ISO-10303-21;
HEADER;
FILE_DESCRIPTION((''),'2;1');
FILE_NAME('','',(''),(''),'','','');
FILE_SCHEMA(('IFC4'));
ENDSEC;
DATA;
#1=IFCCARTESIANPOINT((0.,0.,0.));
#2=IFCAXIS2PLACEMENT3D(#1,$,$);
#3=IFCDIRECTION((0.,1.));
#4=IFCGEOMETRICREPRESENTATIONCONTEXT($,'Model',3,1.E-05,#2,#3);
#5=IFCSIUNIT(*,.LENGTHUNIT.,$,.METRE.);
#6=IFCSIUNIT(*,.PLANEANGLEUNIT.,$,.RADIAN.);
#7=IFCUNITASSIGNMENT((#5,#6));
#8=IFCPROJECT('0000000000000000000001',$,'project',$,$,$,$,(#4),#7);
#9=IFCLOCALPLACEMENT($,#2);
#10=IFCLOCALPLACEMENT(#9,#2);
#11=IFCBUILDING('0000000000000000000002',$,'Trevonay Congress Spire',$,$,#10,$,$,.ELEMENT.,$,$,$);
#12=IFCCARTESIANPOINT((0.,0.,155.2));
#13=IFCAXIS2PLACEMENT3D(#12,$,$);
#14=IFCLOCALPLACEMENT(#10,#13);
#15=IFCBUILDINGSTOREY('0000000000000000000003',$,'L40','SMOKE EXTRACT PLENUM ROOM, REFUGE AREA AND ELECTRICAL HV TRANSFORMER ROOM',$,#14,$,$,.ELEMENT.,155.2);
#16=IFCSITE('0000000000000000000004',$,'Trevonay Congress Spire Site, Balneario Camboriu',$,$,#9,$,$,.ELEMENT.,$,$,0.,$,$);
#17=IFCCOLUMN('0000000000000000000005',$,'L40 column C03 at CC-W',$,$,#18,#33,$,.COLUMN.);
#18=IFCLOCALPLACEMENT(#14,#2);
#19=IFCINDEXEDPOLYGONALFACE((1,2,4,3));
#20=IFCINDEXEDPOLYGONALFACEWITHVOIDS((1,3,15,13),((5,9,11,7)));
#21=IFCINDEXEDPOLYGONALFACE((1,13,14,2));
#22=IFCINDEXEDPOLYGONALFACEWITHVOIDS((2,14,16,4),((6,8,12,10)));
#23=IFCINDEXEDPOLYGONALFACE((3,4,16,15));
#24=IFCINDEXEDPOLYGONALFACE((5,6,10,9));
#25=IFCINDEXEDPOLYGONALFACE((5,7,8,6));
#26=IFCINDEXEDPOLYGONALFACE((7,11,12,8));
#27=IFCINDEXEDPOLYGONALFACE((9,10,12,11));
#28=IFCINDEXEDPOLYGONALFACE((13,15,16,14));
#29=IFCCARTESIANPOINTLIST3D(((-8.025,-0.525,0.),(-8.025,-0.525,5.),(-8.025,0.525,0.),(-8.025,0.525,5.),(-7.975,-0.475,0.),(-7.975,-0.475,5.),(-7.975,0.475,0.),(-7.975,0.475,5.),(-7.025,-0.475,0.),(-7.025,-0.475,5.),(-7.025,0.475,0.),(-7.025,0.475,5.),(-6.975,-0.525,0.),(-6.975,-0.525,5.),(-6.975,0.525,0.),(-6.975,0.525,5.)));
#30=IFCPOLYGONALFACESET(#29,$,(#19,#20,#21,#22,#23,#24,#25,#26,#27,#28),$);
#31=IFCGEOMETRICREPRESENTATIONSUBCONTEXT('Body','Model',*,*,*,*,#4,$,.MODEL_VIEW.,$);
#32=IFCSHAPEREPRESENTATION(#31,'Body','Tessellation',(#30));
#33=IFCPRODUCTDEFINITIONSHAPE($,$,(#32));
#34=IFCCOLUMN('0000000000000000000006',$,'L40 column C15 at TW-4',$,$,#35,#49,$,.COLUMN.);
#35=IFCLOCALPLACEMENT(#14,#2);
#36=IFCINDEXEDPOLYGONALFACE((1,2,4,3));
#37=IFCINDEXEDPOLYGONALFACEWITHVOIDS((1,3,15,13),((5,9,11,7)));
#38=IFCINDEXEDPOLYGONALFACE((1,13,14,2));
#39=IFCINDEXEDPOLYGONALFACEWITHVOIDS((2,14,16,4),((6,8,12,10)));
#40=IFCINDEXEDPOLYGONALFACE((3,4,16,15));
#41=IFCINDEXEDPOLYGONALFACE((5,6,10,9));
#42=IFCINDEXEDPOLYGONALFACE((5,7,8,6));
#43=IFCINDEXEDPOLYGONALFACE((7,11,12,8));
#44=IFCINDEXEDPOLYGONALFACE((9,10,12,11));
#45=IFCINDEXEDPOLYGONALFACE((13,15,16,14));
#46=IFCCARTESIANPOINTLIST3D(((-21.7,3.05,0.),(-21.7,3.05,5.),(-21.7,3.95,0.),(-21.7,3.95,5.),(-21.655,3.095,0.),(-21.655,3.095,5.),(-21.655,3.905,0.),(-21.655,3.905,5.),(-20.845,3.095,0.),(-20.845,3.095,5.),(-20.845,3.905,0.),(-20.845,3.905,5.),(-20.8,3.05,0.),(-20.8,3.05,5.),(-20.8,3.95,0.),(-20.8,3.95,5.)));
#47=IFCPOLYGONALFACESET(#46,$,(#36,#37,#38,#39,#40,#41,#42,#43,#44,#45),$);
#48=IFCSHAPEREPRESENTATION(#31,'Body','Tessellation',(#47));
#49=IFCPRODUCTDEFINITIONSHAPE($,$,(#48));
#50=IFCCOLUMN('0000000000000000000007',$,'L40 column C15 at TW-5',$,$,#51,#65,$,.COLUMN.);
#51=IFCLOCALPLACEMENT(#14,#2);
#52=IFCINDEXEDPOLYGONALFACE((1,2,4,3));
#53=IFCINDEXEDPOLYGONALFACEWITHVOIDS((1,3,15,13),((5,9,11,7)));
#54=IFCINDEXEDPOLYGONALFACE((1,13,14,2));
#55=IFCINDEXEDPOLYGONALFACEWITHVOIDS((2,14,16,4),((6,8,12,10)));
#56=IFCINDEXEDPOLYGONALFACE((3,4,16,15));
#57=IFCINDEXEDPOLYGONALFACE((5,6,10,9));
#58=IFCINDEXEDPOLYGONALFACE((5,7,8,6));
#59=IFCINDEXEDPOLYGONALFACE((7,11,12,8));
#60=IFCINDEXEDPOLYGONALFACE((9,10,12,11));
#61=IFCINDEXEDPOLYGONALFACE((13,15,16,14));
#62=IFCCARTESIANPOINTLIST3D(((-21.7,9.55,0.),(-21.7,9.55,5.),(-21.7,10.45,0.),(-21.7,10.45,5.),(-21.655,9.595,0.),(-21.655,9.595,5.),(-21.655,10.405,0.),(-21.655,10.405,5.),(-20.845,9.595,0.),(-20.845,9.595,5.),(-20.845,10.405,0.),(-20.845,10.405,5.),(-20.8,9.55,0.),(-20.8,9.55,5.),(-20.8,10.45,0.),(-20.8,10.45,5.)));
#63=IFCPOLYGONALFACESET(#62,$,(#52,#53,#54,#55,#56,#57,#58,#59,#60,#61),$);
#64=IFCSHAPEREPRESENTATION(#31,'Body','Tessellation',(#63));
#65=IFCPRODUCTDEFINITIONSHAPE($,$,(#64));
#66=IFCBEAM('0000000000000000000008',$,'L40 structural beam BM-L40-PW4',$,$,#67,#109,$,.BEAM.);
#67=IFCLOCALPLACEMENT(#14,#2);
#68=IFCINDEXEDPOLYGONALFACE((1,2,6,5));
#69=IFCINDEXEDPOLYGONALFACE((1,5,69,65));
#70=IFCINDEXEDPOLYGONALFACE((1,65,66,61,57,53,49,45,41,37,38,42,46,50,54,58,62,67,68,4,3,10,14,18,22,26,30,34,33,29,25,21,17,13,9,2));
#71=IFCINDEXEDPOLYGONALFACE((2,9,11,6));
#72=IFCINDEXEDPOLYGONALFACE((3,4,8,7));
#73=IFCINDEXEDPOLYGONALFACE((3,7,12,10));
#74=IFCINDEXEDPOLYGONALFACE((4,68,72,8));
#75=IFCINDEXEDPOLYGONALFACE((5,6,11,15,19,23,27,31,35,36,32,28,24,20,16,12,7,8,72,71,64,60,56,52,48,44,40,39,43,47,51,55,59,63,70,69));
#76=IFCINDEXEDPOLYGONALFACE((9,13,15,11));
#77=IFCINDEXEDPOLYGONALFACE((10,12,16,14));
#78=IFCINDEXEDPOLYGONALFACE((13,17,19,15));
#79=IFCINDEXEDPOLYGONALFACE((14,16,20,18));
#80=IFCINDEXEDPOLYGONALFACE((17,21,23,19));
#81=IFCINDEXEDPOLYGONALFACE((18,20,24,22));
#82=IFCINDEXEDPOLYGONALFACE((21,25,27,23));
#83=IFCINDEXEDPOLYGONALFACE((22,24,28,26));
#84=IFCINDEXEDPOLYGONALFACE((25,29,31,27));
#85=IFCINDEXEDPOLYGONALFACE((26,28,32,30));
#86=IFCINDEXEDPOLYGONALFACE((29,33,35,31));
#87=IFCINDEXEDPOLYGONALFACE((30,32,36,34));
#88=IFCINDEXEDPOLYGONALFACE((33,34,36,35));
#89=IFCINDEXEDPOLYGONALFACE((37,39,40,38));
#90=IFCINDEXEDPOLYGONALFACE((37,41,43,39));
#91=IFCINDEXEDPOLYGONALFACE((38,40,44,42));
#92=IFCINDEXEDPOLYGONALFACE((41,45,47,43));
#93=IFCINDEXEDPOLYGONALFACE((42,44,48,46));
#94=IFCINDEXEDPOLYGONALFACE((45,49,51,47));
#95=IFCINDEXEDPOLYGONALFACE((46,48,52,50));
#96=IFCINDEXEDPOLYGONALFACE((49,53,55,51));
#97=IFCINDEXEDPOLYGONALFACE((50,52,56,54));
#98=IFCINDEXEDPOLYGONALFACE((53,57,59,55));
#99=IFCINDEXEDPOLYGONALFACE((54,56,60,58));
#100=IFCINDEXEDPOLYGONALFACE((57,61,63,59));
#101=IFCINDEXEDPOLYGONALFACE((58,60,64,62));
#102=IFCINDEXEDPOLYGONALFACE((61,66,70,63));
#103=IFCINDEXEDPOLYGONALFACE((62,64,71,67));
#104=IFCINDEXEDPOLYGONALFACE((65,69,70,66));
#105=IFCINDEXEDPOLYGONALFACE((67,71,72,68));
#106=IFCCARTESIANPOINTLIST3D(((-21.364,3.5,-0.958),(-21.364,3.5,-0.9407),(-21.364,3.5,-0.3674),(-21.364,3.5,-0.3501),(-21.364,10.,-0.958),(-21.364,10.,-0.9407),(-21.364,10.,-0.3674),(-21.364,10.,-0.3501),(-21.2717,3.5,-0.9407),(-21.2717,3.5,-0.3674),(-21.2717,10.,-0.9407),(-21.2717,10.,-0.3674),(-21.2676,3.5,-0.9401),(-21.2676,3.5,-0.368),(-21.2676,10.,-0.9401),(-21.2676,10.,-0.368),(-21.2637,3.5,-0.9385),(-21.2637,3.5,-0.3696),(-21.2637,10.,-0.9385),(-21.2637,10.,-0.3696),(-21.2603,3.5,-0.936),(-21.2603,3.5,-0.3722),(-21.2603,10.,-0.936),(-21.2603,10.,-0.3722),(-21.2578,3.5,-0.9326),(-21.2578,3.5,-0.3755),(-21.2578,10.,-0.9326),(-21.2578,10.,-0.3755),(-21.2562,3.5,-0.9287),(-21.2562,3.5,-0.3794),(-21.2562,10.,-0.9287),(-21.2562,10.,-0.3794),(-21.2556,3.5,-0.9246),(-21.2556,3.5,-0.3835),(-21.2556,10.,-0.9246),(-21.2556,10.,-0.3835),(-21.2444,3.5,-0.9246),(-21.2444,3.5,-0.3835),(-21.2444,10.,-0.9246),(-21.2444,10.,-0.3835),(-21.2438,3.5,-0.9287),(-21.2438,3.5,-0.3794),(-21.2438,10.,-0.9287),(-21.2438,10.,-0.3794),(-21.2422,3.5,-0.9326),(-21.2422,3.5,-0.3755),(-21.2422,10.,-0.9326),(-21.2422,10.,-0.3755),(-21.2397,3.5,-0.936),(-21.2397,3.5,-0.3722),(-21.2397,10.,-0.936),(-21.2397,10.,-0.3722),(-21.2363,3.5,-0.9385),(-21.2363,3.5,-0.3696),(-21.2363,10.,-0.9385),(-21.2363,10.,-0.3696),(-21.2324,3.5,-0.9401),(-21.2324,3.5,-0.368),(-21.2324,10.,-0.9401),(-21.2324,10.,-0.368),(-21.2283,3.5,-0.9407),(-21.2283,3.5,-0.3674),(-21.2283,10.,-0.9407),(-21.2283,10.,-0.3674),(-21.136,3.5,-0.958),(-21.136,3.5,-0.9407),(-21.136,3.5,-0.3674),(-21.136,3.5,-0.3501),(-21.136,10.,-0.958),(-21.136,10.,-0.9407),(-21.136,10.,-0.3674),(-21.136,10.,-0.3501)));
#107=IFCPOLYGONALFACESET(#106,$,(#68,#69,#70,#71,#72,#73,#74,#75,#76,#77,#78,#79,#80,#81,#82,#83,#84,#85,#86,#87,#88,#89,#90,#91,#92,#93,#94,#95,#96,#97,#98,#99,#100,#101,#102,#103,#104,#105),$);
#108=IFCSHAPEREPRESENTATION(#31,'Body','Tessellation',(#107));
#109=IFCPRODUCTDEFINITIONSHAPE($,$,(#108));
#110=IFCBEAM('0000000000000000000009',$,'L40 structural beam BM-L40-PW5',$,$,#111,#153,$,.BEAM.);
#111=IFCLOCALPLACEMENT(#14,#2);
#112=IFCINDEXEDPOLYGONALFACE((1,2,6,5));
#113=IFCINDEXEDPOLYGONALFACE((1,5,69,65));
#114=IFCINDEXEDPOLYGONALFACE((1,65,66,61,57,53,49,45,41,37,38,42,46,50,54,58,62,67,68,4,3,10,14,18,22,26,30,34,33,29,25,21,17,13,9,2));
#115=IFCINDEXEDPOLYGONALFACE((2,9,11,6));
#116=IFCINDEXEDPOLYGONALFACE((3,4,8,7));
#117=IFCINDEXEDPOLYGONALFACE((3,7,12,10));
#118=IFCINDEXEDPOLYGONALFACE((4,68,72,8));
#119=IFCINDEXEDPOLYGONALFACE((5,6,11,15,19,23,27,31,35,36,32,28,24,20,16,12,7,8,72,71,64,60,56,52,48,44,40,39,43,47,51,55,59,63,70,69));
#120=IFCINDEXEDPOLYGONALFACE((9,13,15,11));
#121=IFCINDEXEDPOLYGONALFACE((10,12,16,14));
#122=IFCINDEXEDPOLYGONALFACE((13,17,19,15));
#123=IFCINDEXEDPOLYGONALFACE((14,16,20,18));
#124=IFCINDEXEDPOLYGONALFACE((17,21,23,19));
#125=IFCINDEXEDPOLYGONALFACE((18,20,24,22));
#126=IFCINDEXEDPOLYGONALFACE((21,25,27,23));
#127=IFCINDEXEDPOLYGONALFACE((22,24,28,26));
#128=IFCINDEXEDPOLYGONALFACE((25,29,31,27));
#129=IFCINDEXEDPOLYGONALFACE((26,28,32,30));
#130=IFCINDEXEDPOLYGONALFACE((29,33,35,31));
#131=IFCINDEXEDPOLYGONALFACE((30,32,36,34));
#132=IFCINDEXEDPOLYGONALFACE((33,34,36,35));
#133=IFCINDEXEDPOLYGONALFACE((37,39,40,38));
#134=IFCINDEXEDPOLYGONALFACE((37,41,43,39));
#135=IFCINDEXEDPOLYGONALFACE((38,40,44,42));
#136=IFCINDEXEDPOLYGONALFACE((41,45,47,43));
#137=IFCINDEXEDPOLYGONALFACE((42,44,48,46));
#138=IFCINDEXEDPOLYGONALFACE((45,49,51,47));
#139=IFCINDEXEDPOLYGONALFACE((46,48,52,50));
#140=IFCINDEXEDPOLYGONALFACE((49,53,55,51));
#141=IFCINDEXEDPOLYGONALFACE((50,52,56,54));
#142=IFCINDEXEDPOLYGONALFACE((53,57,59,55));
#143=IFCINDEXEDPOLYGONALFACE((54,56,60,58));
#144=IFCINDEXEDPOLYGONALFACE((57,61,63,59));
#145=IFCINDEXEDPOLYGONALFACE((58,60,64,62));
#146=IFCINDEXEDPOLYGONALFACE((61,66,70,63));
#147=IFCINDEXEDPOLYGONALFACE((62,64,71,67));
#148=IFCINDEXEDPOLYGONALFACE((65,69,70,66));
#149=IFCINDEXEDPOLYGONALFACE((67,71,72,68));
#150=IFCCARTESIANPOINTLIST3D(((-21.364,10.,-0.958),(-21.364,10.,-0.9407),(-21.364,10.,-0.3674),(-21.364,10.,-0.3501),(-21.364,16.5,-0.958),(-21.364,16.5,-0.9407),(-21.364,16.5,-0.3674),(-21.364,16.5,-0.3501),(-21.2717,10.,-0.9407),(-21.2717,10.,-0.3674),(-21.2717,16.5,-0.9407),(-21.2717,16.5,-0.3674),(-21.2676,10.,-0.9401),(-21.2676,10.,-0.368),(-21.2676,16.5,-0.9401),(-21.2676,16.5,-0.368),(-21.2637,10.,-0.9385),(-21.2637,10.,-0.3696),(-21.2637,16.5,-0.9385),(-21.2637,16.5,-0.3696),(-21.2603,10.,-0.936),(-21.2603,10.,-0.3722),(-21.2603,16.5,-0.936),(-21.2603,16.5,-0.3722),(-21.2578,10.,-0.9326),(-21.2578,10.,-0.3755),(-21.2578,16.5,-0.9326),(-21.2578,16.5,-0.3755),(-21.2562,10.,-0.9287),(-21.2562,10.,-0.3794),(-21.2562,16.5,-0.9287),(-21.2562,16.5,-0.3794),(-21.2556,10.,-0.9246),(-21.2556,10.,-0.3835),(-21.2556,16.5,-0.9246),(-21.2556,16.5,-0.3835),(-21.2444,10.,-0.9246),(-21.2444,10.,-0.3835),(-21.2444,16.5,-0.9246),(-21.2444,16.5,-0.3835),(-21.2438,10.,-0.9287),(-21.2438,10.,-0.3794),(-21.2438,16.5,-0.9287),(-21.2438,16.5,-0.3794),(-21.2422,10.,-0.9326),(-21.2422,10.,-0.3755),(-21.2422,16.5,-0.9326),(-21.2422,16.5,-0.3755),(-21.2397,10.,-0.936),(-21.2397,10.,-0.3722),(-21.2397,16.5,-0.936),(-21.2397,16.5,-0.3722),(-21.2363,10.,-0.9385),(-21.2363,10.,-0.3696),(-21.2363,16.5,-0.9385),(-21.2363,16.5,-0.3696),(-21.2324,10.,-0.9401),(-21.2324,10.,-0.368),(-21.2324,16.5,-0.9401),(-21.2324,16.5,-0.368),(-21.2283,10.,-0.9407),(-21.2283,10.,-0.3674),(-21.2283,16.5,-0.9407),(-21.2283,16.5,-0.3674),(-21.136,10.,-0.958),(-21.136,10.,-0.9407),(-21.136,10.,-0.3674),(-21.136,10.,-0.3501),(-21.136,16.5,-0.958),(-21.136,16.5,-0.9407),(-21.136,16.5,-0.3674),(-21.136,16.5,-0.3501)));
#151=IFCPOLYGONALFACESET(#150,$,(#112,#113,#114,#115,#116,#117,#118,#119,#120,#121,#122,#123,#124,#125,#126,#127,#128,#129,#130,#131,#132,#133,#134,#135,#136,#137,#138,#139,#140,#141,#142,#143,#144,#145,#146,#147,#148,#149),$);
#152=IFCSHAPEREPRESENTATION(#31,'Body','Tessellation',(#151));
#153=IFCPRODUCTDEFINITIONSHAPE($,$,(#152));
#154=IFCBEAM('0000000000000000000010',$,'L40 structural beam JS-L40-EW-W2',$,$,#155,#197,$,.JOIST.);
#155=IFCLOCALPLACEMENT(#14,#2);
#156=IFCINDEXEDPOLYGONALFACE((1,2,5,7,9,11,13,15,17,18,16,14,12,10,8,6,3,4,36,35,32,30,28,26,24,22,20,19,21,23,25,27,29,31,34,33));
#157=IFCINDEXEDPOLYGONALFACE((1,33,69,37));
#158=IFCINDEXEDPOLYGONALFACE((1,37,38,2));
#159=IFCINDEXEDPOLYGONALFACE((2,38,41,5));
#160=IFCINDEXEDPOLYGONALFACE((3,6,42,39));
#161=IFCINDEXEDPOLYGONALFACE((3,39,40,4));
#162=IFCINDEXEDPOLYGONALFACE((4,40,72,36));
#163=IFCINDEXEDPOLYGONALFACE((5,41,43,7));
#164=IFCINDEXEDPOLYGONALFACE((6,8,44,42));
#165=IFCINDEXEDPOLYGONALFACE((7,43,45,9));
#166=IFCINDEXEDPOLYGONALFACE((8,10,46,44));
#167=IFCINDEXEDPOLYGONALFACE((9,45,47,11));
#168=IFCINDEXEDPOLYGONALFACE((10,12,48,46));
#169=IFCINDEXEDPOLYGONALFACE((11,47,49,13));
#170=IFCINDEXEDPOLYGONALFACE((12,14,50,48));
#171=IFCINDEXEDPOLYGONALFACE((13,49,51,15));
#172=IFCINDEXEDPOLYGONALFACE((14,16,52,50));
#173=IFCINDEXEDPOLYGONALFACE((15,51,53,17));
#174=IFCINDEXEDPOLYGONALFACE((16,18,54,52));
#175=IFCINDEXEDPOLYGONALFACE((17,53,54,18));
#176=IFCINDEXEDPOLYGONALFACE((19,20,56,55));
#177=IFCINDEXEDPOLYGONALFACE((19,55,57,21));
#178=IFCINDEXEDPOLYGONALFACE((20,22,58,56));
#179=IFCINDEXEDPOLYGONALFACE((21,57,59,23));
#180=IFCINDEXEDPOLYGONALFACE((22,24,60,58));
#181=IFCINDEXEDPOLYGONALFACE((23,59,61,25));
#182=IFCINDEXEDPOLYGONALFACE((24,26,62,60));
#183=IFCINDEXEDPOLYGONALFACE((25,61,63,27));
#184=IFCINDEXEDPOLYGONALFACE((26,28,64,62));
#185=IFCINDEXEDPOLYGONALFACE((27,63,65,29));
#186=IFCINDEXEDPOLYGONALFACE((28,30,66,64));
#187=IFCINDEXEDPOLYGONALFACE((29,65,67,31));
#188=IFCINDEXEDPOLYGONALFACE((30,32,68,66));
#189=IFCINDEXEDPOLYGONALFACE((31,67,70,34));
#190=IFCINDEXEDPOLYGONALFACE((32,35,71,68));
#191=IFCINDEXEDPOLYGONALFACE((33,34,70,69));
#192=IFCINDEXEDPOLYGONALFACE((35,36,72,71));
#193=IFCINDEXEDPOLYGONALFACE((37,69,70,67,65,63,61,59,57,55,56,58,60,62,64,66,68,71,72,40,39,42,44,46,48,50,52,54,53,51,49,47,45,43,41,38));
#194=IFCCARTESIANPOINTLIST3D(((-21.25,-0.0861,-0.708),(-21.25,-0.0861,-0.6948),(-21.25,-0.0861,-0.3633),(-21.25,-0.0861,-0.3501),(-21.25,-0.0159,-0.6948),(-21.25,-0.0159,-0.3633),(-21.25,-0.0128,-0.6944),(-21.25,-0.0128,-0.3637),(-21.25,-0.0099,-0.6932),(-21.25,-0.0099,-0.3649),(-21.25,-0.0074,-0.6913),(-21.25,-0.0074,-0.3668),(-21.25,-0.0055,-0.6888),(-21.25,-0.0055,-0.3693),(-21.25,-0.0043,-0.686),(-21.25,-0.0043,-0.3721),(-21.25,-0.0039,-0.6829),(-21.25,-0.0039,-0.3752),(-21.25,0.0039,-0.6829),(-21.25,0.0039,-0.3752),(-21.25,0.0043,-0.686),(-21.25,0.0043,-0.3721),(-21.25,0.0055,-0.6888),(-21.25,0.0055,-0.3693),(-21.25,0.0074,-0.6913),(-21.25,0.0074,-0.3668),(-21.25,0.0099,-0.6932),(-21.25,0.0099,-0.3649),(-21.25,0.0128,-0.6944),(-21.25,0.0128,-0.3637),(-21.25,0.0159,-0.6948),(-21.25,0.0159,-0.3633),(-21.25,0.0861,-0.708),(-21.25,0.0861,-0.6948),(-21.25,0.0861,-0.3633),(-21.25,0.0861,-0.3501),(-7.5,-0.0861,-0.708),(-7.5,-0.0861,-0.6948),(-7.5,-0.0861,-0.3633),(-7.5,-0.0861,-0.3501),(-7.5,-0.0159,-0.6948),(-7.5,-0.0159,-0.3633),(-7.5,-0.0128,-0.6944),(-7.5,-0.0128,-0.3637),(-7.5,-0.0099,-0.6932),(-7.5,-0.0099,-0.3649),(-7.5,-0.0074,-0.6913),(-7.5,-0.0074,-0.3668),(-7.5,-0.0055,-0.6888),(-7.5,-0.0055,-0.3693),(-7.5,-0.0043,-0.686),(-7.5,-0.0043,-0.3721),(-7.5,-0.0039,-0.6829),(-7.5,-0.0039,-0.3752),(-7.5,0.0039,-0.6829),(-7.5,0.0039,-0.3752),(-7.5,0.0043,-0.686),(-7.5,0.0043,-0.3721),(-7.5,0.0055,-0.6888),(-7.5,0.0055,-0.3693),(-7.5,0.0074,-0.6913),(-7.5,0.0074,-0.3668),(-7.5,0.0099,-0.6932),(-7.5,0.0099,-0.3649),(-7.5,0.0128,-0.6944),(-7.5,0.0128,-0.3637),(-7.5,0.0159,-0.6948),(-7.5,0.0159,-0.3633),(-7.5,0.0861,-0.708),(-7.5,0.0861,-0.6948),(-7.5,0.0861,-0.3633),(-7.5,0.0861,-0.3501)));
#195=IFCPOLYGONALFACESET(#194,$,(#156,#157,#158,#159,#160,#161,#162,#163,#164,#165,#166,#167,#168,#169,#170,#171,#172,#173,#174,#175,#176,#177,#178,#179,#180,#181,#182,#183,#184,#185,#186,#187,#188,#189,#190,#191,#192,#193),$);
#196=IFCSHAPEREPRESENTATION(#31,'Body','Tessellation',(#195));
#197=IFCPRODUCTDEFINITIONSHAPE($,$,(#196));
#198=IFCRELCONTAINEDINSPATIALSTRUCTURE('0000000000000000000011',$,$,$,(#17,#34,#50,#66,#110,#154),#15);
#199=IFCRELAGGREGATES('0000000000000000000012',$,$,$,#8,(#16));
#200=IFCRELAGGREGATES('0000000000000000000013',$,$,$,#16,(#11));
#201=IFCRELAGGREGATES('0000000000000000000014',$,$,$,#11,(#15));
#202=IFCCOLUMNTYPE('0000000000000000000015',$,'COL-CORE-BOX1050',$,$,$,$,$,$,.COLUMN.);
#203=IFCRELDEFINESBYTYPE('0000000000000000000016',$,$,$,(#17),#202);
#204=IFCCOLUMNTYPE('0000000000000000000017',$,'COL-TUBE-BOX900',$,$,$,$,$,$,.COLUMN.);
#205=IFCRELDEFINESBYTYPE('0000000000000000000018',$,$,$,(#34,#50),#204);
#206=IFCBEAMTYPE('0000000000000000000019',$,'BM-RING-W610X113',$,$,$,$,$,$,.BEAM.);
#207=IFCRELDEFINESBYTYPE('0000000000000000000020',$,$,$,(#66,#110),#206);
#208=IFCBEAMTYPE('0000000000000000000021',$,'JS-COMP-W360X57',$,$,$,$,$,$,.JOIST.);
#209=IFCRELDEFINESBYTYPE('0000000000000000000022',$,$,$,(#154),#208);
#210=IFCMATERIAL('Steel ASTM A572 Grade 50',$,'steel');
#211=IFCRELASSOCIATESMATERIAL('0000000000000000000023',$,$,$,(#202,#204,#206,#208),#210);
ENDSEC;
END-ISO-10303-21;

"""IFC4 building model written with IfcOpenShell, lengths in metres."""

from ifc_helpers import new_model, si_unit, direction, frame, origin, origin_2d, place, context, subcontext, project, spatial, hollow_rectangle, i_section, extrude, material, material_profile, profile_set, type_object, element, save


model = new_model("IFC4")

# Units and contexts
model_context = context("Model", 3, precision=1e-05, world=origin(), true_north=direction((0.0, 1.0)))
body_context = subcontext(model_context, "Body", "Model", "MODEL_VIEW")
ifc_project = project(units=[si_unit("LENGTHUNIT", "METRE"), si_unit("PLANEANGLEUNIT", "RADIAN")], contexts=[model_context])

# Site, building, storey
site_placement = place(None, origin())
site = spatial("IfcSite", under=ifc_project, at=site_placement, Name="Trevonay Congress Spire Site, Balneario Camboriu", CompositionType="ELEMENT", RefElevation=0.0)
building_placement = place(site_placement, origin())
building = spatial("IfcBuilding", under=site, at=building_placement, Name="Trevonay Congress Spire", CompositionType="ELEMENT")
storey_placement = place(building_placement, frame((0.0, 0.0, 155.2)))
storey = spatial("IfcBuildingStorey", under=building, at=storey_placement, Name="L40", Description="SMOKE EXTRACT PLENUM ROOM, REFUGE AREA AND ELECTRICAL HV TRANSFORMER ROOM", CompositionType="ELEMENT", Elevation=155.2)

# Columns
ifc_material_1 = material(Name="Steel ASTM A572 Grade 50", Category="steel")
ifc_material_profile_1 = material_profile(ifc_material_1, hollow_rectangle(XDim=1.05, YDim=1.05, WallThickness=0.05, at=origin_2d()), Name="BOX 1050x1050x50")
ifc_profile_set_1 = profile_set([ifc_material_profile_1], Name="Steel ASTM A572 Grade 50")
column_type_1 = type_object("IfcColumnType", Name="COL-CORE-BOX1050", PredefinedType="COLUMN", material=ifc_profile_set_1)
column_placement = place(storey_placement, frame((-7.5, 0.0, 0.0), z_axis=(0.0, 0.0, 1.0), x_axis=(1.0, 0.0, 0.0)))
element("IfcColumn", 1, at=column_placement, inside=storey, type_object=column_type_1, Name="L40 column C03 at CC-W", PredefinedType="COLUMN", context=body_context, shape_type="SweptSolid", body=[
    extrude(hollow_rectangle(XDim=1.05, YDim=1.05, WallThickness=0.05, at=origin_2d()), origin(), (0.0, 0.0, 1.0), 5.0),
])
ifc_material_profile_2 = material_profile(ifc_material_1, hollow_rectangle(XDim=0.8999, YDim=0.8999, WallThickness=0.0449, at=origin_2d()), Name="BOX 900x900x45")
ifc_profile_set_2 = profile_set([ifc_material_profile_2], Name="Steel ASTM A572 Grade 50")
column_type_2 = type_object("IfcColumnType", Name="COL-TUBE-BOX900", PredefinedType="COLUMN", material=ifc_profile_set_2)
for number, where, z_axis, x_axis, name in (
    (2, (-21.25, 3.5, 0.0), (0.0, 0.0, 1.0), (1.0, 0.0, 0.0), "L40 column C15 at TW-4"),
    (3, (-21.25, 10.0, 0.0), (0.0, 0.0, 1.0), (1.0, 0.0, 0.0), "L40 column C15 at TW-5"),
):
    element("IfcColumn", number, at=place(storey_placement, frame(where, z_axis=z_axis, x_axis=x_axis)), inside=storey, type_object=column_type_2, Name=name, PredefinedType="COLUMN", context=body_context, shape_type="SweptSolid", body=[
        extrude(hollow_rectangle(XDim=0.8999, YDim=0.8999, WallThickness=0.0449, at=origin_2d()), origin(), (0.0, 0.0, 1.0), 5.0),
    ])

# Beams
ifc_material_profile_3 = material_profile(ifc_material_1, i_section(OverallWidth=0.228, OverallDepth=0.6079, WebThickness=0.0112, FlangeThickness=0.0173, FilletRadius=0.0161, at=origin_2d()), Name="W610x113")
ifc_profile_set_3 = profile_set([ifc_material_profile_3], Name="Steel ASTM A572 Grade 50")
beam_type_1 = type_object("IfcBeamType", Name="BM-RING-W610X113", PredefinedType="BEAM", material=ifc_profile_set_3)
for number, where, z_axis, x_axis, name in (
    (4, (-21.25, 3.5, -0.6541), (0.0, 1.0, 0.0), (-1.0, 0.0, 0.0), "L40 structural beam BM-L40-PW4"),
    (5, (-21.25, 10.0, -0.6541), (0.0, 1.0, 0.0), (-1.0, 0.0, 0.0), "L40 structural beam BM-L40-PW5"),
):
    element("IfcBeam", number, at=place(storey_placement, frame(where, z_axis=z_axis, x_axis=x_axis)), inside=storey, type_object=beam_type_1, Name=name, PredefinedType="BEAM", context=body_context, shape_type="SweptSolid", body=[
        extrude(i_section(OverallWidth=0.228, OverallDepth=0.6079, WebThickness=0.0112, FlangeThickness=0.0173, FilletRadius=0.0161, at=origin_2d()), origin(), (0.0, 0.0, 1.0), 6.5),
    ])
ifc_material_profile_4 = material_profile(ifc_material_1, i_section(OverallWidth=0.1721, OverallDepth=0.3579, WebThickness=0.0078, FlangeThickness=0.0132, FilletRadius=0.012, at=origin_2d()), Name="W360x57.8")
ifc_profile_set_4 = profile_set([ifc_material_profile_4], Name="Steel ASTM A572 Grade 50")
beam_type_2 = type_object("IfcBeamType", Name="JS-COMP-W360X57", PredefinedType="JOIST", material=ifc_profile_set_4)
for number, where, z_axis, x_axis, name in (
    (6, (-21.25, 0.0, -0.5291), (1.0, 0.0, 0.0), (0.0, 1.0, 0.0), "L40 structural beam JS-L40-EW-W2"),
):
    element("IfcBeam", number, at=place(storey_placement, frame(where, z_axis=z_axis, x_axis=x_axis)), inside=storey, type_object=beam_type_2, Name=name, PredefinedType="JOIST", context=body_context, shape_type="SweptSolid", body=[
        extrude(i_section(OverallWidth=0.1721, OverallDepth=0.3579, WebThickness=0.0078, FlangeThickness=0.0132, FilletRadius=0.012, at=origin_2d()), origin(), (0.0, 0.0, 1.0), 13.75),
    ])

save(model, "model.ifc")
